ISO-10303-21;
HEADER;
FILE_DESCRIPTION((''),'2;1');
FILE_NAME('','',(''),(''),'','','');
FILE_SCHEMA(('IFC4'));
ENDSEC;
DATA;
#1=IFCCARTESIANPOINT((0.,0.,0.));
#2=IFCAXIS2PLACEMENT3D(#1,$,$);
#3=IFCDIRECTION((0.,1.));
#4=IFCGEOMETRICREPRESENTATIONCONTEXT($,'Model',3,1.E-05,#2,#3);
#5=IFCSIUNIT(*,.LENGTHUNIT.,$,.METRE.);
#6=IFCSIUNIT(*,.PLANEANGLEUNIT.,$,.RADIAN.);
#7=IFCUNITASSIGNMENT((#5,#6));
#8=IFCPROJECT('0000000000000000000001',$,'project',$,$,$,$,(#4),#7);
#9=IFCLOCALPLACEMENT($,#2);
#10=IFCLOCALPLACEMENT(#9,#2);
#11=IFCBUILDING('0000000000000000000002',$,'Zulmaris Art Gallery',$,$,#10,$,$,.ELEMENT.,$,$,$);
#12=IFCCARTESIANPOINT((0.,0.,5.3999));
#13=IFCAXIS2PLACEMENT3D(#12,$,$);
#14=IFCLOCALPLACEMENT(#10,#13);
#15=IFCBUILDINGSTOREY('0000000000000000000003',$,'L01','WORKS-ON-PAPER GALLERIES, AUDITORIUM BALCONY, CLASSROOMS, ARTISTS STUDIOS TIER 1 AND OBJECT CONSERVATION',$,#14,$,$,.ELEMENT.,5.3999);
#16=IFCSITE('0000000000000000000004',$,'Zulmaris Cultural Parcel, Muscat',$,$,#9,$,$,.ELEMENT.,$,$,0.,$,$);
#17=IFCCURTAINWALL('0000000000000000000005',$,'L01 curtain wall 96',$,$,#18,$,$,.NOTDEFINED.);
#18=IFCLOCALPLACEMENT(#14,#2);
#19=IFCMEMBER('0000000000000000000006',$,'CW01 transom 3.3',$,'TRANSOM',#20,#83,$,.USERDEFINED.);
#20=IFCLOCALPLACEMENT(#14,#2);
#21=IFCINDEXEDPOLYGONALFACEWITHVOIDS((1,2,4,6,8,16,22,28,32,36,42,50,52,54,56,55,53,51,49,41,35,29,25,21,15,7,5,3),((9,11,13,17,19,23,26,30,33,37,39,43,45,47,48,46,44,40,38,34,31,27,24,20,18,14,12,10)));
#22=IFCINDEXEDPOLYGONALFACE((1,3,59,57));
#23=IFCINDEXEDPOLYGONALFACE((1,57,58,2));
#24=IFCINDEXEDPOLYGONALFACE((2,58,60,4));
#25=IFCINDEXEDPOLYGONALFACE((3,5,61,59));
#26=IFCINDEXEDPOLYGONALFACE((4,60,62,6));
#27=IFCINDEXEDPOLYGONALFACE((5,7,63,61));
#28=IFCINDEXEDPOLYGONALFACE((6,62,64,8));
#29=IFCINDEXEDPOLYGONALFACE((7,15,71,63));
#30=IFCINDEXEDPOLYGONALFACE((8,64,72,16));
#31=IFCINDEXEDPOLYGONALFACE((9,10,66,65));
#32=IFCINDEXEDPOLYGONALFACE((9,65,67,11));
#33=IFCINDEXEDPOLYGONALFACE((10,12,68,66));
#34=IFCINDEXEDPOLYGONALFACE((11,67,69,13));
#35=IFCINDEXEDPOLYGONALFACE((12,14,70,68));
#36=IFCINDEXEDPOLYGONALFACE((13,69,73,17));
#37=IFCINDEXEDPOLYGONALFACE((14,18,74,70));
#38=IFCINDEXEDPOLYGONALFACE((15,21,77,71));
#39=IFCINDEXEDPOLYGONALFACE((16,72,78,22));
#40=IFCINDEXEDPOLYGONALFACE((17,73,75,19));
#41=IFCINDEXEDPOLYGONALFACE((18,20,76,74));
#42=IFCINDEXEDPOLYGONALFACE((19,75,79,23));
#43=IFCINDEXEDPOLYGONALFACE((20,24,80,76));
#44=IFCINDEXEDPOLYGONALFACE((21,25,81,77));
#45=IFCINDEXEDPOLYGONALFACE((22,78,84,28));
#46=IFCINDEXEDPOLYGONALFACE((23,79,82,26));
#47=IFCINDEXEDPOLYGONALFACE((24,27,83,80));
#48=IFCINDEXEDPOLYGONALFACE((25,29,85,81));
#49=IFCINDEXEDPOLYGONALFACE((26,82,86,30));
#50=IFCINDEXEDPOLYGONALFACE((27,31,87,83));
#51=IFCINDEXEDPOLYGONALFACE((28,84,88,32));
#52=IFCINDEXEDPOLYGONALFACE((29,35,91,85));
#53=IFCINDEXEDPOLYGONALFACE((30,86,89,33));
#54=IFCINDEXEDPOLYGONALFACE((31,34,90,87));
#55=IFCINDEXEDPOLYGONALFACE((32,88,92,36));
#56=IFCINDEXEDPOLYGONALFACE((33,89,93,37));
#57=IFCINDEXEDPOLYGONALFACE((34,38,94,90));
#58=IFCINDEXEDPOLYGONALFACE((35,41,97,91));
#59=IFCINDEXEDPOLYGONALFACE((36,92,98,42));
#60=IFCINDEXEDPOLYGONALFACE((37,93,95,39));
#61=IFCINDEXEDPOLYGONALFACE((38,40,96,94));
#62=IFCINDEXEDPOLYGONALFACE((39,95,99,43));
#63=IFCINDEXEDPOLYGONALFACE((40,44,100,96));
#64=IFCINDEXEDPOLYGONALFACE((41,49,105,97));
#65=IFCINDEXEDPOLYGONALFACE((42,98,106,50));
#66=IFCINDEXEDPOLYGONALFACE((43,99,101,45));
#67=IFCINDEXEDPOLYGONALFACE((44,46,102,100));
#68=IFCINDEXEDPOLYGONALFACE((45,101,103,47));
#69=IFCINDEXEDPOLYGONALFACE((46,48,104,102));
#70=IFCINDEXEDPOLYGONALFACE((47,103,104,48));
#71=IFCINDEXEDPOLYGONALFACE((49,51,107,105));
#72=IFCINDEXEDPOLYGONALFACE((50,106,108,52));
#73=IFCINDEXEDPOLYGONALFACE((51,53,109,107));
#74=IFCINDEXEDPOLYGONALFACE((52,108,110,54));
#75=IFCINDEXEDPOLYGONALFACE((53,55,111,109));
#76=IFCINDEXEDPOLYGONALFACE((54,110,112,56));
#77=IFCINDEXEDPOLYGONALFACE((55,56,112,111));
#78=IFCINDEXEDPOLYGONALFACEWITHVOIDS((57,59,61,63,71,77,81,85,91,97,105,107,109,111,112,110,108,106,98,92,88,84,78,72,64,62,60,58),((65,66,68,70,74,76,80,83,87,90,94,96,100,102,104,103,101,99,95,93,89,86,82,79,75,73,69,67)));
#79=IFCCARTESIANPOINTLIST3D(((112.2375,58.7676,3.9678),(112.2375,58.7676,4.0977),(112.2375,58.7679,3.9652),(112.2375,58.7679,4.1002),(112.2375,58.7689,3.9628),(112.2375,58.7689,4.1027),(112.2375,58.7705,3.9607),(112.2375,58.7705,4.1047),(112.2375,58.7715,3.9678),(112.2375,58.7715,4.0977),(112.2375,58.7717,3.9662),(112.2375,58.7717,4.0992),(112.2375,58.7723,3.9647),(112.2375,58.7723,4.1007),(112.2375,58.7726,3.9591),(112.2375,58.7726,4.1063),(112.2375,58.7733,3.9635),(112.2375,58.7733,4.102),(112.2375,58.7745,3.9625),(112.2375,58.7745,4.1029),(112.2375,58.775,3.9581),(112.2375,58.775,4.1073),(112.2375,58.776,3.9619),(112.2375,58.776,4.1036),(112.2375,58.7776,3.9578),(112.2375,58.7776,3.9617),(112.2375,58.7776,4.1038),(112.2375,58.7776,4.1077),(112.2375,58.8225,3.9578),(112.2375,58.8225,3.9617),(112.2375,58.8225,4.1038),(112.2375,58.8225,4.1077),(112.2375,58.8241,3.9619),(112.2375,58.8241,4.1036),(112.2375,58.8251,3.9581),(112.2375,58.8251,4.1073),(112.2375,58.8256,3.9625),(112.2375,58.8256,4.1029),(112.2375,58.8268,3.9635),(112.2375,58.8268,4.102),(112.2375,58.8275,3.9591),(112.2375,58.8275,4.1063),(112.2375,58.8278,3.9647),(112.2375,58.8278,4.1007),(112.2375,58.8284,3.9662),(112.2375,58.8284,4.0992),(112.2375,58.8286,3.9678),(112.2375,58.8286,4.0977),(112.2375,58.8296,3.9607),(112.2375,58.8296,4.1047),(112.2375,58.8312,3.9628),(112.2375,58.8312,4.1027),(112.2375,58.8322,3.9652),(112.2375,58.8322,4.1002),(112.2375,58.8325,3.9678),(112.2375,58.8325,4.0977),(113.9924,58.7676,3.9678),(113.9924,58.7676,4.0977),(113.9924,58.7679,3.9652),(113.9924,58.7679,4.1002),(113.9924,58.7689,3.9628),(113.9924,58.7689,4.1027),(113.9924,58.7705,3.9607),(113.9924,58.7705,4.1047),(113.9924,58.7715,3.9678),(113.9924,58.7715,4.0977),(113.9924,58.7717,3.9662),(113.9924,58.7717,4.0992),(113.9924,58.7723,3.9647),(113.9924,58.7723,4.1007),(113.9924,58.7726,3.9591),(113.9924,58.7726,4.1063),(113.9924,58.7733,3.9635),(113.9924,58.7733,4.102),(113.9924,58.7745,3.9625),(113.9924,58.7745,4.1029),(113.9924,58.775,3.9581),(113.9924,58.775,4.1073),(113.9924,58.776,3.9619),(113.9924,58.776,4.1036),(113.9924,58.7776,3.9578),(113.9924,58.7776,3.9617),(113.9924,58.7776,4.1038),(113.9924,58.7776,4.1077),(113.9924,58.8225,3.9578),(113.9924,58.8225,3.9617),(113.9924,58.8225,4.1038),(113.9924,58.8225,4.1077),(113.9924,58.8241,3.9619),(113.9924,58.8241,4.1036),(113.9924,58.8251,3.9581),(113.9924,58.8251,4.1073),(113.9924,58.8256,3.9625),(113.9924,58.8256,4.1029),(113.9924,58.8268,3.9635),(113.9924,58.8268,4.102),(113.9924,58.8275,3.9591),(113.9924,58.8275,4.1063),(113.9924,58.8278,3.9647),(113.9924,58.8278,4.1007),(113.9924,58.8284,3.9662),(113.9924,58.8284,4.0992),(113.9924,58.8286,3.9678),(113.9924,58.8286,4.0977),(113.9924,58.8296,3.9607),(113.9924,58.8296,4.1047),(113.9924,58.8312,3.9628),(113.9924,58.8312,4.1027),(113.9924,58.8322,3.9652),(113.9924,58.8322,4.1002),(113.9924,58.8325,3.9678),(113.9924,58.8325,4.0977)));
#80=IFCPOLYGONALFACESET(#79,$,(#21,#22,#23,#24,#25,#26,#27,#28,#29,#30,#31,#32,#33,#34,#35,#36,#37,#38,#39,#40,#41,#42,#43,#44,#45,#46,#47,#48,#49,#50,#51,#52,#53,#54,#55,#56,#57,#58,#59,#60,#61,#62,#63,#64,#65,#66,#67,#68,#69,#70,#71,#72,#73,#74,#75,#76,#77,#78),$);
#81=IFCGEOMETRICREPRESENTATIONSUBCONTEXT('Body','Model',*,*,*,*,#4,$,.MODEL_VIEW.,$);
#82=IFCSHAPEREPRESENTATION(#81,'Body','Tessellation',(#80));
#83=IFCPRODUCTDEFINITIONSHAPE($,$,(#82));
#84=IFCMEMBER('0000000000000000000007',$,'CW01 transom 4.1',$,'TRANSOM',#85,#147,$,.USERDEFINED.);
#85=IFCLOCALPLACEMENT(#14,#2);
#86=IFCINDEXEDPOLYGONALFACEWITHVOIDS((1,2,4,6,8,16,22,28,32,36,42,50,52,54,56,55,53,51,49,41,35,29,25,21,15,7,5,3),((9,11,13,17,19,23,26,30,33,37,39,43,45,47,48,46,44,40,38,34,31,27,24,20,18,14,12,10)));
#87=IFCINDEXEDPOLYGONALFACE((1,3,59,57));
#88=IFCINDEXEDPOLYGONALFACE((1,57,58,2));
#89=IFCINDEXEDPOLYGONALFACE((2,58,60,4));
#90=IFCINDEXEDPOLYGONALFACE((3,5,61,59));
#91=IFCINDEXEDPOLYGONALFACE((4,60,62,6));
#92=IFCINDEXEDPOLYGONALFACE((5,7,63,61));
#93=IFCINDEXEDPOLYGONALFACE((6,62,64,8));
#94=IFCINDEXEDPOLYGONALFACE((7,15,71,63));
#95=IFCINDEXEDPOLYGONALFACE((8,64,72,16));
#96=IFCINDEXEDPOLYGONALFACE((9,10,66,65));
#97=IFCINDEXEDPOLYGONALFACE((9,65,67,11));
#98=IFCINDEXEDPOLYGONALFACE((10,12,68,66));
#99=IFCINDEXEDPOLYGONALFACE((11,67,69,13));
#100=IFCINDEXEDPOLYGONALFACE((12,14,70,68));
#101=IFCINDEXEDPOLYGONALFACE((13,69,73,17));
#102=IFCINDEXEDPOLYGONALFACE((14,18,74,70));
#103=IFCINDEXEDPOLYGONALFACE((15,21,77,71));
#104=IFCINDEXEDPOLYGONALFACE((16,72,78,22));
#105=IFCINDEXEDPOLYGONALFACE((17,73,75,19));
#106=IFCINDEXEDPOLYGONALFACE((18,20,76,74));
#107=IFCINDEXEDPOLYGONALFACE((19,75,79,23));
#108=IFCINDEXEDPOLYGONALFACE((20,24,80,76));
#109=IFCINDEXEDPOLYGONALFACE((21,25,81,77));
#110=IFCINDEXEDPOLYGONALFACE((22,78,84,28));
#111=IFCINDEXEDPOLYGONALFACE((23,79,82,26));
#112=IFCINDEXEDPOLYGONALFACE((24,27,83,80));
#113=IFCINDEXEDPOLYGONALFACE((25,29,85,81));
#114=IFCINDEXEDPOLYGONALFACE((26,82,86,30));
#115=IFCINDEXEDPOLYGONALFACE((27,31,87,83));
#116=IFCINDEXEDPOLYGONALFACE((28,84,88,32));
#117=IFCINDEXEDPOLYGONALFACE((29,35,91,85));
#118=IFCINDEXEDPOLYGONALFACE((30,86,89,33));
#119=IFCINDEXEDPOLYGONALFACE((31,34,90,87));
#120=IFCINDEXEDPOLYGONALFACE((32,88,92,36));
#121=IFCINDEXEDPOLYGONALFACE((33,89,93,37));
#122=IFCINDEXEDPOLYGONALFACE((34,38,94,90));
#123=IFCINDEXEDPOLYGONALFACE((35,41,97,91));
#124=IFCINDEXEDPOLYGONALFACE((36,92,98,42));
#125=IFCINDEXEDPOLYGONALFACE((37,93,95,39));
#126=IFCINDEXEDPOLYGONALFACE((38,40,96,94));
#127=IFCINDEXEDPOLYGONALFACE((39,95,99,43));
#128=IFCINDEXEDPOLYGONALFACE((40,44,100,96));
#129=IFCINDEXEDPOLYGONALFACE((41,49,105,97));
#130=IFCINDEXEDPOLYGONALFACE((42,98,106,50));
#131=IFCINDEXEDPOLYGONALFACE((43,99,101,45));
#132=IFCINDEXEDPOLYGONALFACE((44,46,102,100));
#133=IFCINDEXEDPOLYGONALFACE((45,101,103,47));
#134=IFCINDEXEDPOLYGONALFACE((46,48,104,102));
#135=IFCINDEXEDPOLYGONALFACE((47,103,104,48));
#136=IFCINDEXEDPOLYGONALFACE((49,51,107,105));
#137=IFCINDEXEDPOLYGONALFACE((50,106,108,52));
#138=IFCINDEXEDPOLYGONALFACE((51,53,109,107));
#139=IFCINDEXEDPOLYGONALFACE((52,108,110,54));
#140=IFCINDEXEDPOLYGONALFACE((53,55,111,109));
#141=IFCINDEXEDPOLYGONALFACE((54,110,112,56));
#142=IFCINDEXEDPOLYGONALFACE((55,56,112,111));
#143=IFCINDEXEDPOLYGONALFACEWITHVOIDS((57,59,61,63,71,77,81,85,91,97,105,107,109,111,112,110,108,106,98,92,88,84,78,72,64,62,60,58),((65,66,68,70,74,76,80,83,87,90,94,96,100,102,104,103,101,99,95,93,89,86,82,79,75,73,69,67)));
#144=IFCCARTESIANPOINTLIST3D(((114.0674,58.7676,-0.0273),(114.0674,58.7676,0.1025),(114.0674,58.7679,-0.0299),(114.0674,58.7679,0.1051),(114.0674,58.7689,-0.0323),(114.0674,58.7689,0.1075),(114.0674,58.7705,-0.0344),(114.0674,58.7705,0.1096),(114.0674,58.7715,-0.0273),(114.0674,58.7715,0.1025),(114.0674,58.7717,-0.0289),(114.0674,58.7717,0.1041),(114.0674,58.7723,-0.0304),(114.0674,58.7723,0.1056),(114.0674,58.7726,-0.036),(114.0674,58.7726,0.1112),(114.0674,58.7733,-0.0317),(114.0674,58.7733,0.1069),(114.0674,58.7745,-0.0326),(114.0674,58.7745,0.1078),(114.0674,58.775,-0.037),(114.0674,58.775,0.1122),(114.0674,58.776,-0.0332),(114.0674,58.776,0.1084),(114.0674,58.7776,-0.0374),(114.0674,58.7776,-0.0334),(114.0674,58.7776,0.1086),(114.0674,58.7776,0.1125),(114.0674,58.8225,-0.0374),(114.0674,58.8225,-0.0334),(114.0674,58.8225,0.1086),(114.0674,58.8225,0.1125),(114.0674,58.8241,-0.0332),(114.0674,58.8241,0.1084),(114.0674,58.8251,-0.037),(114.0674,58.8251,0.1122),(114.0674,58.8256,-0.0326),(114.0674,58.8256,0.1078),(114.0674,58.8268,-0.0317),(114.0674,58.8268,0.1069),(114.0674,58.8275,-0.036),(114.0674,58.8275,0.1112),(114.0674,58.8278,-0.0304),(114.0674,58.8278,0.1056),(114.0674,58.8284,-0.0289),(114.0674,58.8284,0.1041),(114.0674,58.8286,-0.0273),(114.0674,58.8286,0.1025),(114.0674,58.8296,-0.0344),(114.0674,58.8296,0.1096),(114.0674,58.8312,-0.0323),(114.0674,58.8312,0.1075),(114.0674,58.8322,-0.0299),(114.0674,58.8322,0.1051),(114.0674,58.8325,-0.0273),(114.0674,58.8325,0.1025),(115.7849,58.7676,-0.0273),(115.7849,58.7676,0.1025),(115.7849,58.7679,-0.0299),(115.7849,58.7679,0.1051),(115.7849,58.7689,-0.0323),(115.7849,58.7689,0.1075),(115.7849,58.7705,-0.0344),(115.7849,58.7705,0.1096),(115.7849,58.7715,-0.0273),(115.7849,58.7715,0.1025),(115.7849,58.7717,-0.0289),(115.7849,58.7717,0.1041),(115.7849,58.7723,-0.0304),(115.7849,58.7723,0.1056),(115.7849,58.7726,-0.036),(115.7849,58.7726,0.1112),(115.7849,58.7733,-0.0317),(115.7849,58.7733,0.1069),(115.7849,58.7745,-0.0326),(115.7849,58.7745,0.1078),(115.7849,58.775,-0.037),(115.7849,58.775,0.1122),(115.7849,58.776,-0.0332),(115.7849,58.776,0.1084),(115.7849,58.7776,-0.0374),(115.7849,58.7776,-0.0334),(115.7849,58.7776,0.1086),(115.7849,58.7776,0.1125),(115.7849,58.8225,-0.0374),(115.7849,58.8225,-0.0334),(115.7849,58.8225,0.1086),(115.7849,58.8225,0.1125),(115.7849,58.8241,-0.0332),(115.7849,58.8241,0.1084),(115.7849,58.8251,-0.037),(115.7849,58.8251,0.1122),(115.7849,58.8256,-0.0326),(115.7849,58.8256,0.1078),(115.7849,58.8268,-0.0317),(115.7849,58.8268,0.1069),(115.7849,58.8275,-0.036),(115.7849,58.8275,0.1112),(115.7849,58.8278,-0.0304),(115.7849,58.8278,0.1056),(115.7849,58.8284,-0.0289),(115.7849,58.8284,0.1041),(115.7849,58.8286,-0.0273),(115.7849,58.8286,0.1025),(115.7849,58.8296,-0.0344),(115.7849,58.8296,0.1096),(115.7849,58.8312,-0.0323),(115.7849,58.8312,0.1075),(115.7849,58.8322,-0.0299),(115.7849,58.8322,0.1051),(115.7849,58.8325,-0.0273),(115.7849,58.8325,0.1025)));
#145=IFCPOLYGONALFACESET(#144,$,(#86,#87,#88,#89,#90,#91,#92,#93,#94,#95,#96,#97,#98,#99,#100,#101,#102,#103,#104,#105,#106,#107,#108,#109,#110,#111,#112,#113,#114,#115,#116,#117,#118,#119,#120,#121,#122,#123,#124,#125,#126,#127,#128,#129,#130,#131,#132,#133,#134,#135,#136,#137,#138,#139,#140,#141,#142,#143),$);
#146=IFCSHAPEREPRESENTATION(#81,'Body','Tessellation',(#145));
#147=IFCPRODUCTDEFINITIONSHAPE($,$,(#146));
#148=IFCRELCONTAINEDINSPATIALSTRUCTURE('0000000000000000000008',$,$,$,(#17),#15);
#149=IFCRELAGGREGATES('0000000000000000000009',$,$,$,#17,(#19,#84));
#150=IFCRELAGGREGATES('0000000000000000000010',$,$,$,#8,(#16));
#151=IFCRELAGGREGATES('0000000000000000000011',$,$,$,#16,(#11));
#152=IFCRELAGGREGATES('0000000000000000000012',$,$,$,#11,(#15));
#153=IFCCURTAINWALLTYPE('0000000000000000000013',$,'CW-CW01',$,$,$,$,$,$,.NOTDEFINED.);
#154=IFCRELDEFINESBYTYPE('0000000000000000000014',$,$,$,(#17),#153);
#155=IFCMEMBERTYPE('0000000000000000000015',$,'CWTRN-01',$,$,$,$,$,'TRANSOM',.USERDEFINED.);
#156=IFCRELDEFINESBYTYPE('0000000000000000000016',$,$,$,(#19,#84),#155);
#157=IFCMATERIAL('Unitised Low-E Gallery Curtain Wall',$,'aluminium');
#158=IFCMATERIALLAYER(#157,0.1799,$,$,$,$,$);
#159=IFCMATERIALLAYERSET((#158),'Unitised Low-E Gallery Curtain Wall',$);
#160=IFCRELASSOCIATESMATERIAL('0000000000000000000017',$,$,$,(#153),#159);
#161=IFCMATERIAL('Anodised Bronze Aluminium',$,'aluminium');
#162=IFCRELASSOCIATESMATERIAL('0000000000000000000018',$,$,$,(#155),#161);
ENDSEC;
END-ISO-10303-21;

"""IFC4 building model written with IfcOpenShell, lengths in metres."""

from ifc_helpers import new_model, si_unit, direction, frame, origin, origin_2d, place, context, subcontext, project, spatial, hollow_rectangle, extrude, material, layer, layer_set, material_profile, profile_set, type_object, element, aggregate, save


model = new_model("IFC4")

# Units and contexts
model_context = context("Model", 3, precision=1e-05, world=origin(), true_north=direction((0.0, 1.0)))
body_context = subcontext(model_context, "Body", "Model", "MODEL_VIEW")
ifc_project = project(units=[si_unit("LENGTHUNIT", "METRE"), si_unit("PLANEANGLEUNIT", "RADIAN")], contexts=[model_context])

# Site, building, storey
site_placement = place(None, origin())
site = spatial("IfcSite", under=ifc_project, at=site_placement, Name="Zulmaris Cultural Parcel, Muscat", CompositionType="ELEMENT", RefElevation=0.0)
building_placement = place(site_placement, origin())
building = spatial("IfcBuilding", under=site, at=building_placement, Name="Zulmaris Art Gallery", CompositionType="ELEMENT")
storey_placement = place(building_placement, frame((0.0, 0.0, 5.3999)))
storey = spatial("IfcBuildingStorey", under=building, at=storey_placement, Name="L01", Description="WORKS-ON-PAPER GALLERIES, AUDITORIUM BALCONY, CLASSROOMS, ARTISTS STUDIOS TIER 1 AND OBJECT CONSERVATION", CompositionType="ELEMENT", Elevation=5.3999)

# Curtain wall
ifc_material_1 = material(Name="Unitised Low-E Gallery Curtain Wall", Category="aluminium")
ifc_layer_1 = layer(ifc_material_1, 0.1799)
ifc_layer_set_1 = layer_set([ifc_layer_1], Name="Unitised Low-E Gallery Curtain Wall")
curtain_wall_type = type_object("IfcCurtainWallType", Name="CW-CW01", PredefinedType="NOTDEFINED", material=ifc_layer_set_1)
curtain_wall_1_placement = place(storey_placement, origin())
curtain_wall_1 = element("IfcCurtainWall", 1, at=curtain_wall_1_placement, inside=storey, type_object=curtain_wall_type, Name="L01 curtain wall 96", PredefinedType="NOTDEFINED")
ifc_material_2 = material(Name="Anodised Bronze Aluminium", Category="aluminium")

# Members
ifc_material_profile_1 = material_profile(ifc_material_2, hollow_rectangle(XDim=0.0649, YDim=0.1499, WallThickness=0.0039, InnerFilletRadius=0.0061, OuterFilletRadius=0.01, at=origin_2d()), Name="ALU 65x150x4")
ifc_profile_set_1 = profile_set([ifc_material_profile_1], Name="Anodised Bronze Aluminium")
member_type_1 = type_object("IfcMemberType", Name="CWTRN-01", ElementType="TRANSOM", PredefinedType="USERDEFINED", material=ifc_profile_set_1)
member_1_placement = place(storey_placement, frame((112.2375, 58.8, 4.0327), z_axis=(1.0, 0.0, 0.0), x_axis=(0.0, 1.0, 0.0)))
member_1 = element("IfcMember", 2, at=member_1_placement, type_object=member_type_1, Name="CW01 transom 3.3", ObjectType="TRANSOM", PredefinedType="USERDEFINED", context=body_context, shape_type="SweptSolid", body=[
    extrude(hollow_rectangle(XDim=0.0649, YDim=0.1499, WallThickness=0.0039, InnerFilletRadius=0.0061, OuterFilletRadius=0.01, at=origin_2d()), origin(), (0.0, 0.0, 1.0), 1.7549),
])
member_2_placement = place(storey_placement, frame((114.0674, 58.8, 0.0376), z_axis=(1.0, 0.0, 0.0), x_axis=(0.0, 1.0, 0.0)))
member_2 = element("IfcMember", 3, at=member_2_placement, type_object=member_type_1, Name="CW01 transom 4.1", ObjectType="TRANSOM", PredefinedType="USERDEFINED", context=body_context, shape_type="SweptSolid", body=[
    extrude(hollow_rectangle(XDim=0.0649, YDim=0.1499, WallThickness=0.0039, InnerFilletRadius=0.0061, OuterFilletRadius=0.01, at=origin_2d()), origin(), (0.0, 0.0, 1.0), 1.7175),
])

aggregate(curtain_wall_1, [member_1, member_2])

save(model, "model.ifc")
